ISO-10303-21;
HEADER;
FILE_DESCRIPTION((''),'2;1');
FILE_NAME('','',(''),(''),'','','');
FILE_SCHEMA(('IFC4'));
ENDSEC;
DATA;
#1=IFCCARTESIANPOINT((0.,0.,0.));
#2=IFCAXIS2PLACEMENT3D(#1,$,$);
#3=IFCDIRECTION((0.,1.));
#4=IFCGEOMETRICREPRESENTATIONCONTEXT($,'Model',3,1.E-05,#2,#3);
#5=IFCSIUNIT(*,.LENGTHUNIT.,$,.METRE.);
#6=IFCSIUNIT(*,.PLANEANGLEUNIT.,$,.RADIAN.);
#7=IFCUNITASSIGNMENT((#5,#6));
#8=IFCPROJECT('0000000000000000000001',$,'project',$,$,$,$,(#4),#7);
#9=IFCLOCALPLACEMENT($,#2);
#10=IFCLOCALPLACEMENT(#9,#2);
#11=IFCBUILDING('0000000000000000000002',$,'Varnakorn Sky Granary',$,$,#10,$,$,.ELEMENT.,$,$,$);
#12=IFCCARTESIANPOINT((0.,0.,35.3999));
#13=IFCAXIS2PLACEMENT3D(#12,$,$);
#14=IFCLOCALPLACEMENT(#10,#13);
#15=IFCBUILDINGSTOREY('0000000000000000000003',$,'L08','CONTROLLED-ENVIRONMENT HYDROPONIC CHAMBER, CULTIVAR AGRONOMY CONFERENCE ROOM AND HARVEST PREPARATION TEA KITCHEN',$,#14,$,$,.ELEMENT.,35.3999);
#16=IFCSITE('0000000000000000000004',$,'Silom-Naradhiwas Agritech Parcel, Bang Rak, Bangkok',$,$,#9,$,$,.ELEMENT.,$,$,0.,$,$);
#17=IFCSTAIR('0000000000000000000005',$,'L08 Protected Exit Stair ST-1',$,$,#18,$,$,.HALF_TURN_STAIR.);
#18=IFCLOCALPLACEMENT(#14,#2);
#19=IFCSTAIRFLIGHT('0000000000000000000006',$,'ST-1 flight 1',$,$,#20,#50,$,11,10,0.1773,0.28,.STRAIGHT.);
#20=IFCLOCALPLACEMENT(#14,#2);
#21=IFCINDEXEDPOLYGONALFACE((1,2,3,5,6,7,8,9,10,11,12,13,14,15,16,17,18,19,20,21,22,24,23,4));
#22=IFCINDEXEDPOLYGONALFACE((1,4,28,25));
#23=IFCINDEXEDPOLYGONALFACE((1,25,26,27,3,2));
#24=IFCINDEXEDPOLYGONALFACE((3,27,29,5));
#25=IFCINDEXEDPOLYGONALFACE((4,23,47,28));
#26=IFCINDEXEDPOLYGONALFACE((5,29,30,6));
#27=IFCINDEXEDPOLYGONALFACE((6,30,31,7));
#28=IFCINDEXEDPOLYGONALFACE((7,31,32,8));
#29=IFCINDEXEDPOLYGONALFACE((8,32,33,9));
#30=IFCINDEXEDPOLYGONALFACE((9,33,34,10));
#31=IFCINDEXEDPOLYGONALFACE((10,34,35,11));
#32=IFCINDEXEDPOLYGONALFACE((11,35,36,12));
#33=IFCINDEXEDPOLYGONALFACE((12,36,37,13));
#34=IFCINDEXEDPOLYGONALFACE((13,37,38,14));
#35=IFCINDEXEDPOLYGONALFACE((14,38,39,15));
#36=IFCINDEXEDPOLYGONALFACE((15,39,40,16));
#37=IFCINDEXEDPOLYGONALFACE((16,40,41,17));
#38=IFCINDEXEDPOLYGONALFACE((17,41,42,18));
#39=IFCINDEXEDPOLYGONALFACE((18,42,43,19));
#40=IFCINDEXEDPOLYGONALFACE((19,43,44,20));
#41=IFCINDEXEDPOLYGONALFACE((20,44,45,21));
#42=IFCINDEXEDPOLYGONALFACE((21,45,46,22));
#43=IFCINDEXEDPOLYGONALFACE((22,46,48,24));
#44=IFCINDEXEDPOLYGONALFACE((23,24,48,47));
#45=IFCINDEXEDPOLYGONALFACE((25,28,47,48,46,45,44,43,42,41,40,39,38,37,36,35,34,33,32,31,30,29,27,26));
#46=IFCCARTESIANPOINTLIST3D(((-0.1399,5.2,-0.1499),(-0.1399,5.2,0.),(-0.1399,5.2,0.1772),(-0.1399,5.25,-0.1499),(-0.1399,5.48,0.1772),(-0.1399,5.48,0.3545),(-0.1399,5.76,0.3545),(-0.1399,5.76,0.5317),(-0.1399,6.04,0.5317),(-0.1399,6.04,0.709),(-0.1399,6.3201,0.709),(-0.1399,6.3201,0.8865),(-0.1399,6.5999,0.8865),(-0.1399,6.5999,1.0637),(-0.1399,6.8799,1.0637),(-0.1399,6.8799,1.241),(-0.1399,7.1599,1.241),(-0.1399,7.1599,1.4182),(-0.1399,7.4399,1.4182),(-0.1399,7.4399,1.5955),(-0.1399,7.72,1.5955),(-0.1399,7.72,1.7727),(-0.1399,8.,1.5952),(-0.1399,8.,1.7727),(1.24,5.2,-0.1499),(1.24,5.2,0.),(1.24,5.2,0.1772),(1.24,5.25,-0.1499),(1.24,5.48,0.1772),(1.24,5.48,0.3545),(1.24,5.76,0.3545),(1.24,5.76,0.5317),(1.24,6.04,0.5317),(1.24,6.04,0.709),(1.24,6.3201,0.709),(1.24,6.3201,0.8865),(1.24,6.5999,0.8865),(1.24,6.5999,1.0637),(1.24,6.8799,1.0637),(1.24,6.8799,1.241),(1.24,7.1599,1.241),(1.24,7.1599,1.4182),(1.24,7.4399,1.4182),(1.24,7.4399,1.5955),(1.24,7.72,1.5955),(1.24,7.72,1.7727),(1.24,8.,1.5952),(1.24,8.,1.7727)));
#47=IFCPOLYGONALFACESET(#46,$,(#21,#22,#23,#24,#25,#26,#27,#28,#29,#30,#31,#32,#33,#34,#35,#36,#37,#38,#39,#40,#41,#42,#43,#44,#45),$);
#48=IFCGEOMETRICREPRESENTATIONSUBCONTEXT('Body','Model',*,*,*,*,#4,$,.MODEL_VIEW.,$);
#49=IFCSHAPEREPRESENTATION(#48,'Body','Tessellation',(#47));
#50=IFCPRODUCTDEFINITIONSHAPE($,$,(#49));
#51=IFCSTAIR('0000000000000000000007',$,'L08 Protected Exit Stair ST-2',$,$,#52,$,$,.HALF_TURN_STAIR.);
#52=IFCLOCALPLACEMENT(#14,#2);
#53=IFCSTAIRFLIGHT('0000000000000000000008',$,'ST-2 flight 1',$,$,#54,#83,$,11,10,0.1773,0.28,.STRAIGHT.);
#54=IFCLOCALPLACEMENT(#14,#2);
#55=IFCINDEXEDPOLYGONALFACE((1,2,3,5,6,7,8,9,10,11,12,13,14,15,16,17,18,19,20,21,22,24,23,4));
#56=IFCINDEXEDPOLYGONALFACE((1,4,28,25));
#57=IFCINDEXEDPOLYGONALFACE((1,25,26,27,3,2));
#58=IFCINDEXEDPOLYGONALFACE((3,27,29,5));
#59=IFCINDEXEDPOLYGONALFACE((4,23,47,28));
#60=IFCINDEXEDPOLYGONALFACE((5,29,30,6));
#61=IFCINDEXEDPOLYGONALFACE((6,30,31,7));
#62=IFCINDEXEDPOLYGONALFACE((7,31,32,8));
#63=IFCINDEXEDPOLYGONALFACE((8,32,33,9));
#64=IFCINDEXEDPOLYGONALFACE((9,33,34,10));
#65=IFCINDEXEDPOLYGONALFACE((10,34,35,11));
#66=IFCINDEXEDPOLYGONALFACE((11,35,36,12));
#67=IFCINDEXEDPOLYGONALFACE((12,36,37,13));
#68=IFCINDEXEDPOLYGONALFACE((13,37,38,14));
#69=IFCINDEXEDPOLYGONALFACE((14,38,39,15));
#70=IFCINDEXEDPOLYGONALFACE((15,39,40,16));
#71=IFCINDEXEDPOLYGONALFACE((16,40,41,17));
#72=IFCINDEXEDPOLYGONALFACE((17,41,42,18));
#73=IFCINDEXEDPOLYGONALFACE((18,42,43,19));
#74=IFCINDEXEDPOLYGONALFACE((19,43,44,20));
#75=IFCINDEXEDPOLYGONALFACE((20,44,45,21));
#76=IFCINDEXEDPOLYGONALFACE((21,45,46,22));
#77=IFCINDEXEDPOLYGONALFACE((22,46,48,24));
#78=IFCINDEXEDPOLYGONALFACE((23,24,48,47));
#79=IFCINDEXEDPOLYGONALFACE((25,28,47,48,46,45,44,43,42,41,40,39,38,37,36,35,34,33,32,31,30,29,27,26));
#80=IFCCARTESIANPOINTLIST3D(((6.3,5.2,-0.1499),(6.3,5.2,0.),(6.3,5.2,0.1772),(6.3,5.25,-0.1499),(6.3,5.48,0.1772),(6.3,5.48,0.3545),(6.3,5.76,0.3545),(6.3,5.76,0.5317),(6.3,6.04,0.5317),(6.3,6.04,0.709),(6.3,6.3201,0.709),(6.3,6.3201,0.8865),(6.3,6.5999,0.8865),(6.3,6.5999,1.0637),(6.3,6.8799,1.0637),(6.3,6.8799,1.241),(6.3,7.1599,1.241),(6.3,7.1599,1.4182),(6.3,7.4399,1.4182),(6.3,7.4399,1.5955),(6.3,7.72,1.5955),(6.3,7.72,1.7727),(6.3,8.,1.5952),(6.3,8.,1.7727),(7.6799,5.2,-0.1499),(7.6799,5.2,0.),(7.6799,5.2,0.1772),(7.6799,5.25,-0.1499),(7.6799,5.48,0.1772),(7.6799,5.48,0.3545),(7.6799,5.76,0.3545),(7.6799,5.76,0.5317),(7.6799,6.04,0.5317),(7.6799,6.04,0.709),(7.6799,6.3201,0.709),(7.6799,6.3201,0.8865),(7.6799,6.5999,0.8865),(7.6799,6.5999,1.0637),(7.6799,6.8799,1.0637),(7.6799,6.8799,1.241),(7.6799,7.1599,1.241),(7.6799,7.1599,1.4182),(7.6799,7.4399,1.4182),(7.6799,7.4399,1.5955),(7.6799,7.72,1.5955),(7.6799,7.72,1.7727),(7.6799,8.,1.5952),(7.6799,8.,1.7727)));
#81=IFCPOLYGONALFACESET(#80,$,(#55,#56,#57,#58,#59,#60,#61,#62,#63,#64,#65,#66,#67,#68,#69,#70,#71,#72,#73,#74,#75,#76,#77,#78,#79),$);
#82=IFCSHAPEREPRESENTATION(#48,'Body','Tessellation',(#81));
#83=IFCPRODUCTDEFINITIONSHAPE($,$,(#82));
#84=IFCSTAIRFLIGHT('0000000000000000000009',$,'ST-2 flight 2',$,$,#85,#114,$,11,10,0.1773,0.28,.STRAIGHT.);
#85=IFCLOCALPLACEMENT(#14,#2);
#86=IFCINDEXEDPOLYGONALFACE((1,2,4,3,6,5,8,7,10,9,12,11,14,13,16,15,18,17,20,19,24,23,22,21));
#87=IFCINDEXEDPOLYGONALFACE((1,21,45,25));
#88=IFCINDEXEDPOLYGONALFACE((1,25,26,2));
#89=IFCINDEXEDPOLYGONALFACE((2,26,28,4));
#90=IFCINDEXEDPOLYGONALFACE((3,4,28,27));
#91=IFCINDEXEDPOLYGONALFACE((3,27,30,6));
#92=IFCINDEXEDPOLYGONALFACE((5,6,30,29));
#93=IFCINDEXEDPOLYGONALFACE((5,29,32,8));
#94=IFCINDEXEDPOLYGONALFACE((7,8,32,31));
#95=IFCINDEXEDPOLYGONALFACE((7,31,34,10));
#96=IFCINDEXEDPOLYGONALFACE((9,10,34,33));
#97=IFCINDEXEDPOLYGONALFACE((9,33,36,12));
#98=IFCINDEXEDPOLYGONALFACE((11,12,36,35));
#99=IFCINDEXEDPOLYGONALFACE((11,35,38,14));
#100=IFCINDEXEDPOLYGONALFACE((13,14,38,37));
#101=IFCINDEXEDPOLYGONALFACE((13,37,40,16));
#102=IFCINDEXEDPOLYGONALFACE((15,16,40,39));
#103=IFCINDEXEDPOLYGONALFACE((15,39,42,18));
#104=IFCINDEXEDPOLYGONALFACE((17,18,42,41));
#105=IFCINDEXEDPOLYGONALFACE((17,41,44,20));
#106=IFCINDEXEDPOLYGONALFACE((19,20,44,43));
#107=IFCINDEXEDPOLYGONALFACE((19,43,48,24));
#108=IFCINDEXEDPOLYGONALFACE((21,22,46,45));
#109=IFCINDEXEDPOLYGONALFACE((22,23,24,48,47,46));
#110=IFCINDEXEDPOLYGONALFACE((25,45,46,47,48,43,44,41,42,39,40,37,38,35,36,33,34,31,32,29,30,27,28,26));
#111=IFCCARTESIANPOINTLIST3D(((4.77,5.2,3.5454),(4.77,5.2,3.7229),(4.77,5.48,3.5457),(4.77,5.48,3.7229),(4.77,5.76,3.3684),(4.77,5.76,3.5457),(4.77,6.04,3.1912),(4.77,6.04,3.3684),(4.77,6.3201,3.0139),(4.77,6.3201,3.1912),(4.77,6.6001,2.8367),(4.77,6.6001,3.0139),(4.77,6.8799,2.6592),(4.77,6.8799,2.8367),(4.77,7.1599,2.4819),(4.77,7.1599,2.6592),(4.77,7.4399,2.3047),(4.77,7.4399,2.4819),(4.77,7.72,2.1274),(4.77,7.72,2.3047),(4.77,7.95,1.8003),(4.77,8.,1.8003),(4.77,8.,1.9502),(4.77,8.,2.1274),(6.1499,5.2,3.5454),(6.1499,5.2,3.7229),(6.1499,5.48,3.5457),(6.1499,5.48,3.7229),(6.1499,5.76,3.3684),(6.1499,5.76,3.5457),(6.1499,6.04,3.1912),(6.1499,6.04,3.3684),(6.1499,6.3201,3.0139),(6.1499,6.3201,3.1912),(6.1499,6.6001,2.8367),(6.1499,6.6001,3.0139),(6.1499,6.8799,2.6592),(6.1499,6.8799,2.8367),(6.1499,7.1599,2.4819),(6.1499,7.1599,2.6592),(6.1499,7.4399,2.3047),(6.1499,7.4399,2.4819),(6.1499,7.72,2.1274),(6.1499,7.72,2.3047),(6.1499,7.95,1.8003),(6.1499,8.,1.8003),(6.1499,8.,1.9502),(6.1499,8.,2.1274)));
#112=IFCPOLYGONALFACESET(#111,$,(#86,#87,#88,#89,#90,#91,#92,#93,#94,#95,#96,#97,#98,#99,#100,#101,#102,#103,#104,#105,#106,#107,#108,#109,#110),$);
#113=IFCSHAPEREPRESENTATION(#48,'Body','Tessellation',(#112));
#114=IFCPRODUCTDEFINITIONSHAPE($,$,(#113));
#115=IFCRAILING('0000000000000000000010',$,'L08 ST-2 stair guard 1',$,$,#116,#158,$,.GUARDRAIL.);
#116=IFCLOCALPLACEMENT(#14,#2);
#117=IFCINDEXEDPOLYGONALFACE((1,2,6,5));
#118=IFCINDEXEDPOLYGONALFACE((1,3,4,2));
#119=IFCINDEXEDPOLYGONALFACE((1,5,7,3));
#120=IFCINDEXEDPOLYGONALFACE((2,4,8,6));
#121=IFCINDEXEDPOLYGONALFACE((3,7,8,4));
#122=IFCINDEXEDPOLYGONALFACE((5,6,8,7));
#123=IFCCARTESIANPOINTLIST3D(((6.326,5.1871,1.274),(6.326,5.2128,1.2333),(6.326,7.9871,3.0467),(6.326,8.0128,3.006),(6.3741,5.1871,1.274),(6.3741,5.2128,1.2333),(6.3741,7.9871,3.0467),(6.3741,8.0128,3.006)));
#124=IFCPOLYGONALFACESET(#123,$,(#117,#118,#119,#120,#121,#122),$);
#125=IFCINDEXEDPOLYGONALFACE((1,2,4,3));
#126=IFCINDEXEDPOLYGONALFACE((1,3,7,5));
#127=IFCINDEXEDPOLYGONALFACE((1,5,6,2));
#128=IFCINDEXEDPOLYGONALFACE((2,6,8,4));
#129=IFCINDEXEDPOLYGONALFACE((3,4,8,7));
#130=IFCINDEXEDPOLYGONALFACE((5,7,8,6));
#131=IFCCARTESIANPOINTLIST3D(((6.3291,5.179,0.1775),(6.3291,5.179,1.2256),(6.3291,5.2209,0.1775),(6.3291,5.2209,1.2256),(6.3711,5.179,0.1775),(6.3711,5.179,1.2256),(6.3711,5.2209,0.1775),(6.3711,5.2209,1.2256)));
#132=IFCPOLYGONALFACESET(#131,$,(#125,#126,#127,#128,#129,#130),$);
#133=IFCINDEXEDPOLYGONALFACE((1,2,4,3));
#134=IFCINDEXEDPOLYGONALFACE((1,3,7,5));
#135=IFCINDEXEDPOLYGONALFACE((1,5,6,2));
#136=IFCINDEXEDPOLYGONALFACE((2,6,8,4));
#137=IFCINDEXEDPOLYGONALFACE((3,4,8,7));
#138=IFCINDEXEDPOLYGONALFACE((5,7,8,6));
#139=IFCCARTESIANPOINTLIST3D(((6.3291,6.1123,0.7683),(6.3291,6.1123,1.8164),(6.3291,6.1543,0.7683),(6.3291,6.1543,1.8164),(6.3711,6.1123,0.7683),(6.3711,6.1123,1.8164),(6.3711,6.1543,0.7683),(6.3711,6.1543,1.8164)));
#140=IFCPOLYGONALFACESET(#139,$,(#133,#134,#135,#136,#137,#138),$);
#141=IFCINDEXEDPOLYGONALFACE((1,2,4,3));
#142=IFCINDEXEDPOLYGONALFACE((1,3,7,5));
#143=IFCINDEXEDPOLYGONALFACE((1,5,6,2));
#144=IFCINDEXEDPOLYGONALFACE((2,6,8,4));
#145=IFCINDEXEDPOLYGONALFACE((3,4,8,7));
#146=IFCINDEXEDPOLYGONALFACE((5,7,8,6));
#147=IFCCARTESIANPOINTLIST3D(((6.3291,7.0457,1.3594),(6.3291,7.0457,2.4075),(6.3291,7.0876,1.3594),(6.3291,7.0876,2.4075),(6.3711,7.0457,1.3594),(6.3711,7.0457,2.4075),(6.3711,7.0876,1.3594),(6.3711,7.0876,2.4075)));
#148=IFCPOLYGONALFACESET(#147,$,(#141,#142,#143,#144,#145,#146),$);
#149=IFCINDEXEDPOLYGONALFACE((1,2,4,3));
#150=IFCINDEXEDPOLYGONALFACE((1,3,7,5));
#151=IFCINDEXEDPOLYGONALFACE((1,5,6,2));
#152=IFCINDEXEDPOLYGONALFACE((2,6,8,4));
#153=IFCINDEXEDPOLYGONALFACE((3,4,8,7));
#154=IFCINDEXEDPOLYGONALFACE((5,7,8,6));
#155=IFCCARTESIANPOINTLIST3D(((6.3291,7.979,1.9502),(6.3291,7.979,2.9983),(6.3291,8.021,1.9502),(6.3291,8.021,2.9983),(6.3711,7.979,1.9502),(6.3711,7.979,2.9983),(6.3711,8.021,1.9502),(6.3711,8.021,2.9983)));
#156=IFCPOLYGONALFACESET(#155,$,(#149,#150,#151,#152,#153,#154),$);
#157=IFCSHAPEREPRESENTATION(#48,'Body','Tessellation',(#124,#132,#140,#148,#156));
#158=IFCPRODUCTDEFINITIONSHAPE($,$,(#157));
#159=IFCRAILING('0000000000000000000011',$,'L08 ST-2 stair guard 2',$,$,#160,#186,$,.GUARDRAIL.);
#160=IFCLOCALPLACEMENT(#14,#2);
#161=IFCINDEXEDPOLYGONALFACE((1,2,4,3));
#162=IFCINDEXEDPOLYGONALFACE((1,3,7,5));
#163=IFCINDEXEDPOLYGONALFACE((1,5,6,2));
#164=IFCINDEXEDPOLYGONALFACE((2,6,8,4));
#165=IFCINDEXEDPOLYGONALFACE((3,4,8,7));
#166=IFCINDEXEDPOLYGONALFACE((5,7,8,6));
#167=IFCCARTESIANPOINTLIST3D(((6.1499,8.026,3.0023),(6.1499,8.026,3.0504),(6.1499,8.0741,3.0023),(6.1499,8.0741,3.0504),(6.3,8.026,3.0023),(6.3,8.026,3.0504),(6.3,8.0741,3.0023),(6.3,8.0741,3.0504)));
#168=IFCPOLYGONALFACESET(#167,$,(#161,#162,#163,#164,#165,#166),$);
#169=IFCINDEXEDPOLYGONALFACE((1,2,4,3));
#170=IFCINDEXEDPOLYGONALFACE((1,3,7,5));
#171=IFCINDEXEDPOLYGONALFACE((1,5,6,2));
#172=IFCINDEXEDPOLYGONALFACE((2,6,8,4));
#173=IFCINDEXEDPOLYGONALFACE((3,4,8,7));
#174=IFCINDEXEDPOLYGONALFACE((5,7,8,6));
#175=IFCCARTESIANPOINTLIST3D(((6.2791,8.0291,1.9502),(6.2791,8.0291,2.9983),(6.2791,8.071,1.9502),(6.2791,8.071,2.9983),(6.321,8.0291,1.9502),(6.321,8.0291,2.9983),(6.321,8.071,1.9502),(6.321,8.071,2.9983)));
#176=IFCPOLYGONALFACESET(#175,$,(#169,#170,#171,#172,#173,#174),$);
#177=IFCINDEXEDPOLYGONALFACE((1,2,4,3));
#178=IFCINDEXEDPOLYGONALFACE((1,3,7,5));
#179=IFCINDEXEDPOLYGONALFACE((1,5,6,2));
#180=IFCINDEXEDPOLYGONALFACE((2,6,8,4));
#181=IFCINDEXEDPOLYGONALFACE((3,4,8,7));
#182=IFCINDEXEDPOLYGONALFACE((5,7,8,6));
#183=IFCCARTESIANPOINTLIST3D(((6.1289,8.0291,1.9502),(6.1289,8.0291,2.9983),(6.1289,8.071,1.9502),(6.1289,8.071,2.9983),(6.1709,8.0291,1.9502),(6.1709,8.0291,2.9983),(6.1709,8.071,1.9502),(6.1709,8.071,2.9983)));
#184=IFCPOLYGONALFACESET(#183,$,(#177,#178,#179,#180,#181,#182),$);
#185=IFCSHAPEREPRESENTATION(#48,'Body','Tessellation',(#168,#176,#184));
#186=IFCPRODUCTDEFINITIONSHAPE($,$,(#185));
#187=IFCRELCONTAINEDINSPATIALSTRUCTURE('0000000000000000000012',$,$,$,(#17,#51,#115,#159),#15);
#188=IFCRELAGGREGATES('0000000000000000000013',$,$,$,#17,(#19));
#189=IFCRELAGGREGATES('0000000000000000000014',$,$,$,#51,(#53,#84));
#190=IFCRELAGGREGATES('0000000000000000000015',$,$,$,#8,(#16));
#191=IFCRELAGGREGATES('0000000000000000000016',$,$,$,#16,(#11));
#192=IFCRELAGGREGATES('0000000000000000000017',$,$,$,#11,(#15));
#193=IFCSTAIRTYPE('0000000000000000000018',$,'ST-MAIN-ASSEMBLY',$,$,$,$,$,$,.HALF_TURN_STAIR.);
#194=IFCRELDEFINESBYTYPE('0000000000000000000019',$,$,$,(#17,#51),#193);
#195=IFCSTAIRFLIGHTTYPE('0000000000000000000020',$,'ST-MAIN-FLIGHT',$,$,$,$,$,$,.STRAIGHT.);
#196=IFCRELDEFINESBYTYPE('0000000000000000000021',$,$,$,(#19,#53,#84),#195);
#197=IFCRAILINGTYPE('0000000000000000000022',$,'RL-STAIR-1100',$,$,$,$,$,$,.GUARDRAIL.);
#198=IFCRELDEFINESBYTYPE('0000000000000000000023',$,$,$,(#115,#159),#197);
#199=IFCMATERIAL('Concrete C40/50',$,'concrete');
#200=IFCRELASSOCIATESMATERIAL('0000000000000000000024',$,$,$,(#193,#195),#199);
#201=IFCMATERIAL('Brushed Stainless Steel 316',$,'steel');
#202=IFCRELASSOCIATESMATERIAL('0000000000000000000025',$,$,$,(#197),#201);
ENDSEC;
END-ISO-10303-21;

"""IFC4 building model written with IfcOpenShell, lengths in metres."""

from ifc_helpers import new_model, si_unit, direction, frame, origin, origin_2d, place, context, subcontext, project, spatial, polyline, rectangle, outline, extrude, material, type_object, element, aggregate, save


model = new_model("IFC4")

# Units and contexts
model_context = context("Model", 3, precision=1e-05, world=origin(), true_north=direction((0.0, 1.0)))
body_context = subcontext(model_context, "Body", "Model", "MODEL_VIEW")
ifc_project = project(units=[si_unit("LENGTHUNIT", "METRE"), si_unit("PLANEANGLEUNIT", "RADIAN")], contexts=[model_context])

# Site, building, storey
site_placement = place(None, origin())
site = spatial("IfcSite", under=ifc_project, at=site_placement, Name="Silom-Naradhiwas Agritech Parcel, Bang Rak, Bangkok", CompositionType="ELEMENT", RefElevation=0.0)
building_placement = place(site_placement, origin())
building = spatial("IfcBuilding", under=site, at=building_placement, Name="Varnakorn Sky Granary", CompositionType="ELEMENT")
storey_placement = place(building_placement, frame((0.0, 0.0, 35.3999)))
storey = spatial("IfcBuildingStorey", under=building, at=storey_placement, Name="L08", Description="CONTROLLED-ENVIRONMENT HYDROPONIC CHAMBER, CULTIVAR AGRONOMY CONFERENCE ROOM AND HARVEST PREPARATION TEA KITCHEN", CompositionType="ELEMENT", Elevation=35.3999)

# Stair, stair flight
ifc_material_1 = material(Name="Concrete C40/50", Category="concrete")
stair_type = type_object("IfcStairType", Name="ST-MAIN-ASSEMBLY", PredefinedType="HALF_TURN_STAIR", material=ifc_material_1)
stair_1_placement = place(storey_placement, origin())
stair_1 = element("IfcStair", 1, at=stair_1_placement, inside=storey, type_object=stair_type, Name="L08 Protected Exit Stair ST-1", PredefinedType="HALF_TURN_STAIR")
stair_flight_type = type_object("IfcStairFlightType", Name="ST-MAIN-FLIGHT", PredefinedType="STRAIGHT", material=ifc_material_1)
stair_flight_1_placement = place(storey_placement, frame((0.55, 5.2, 0.0), z_axis=(0.0, 0.0, 1.0), x_axis=(0.0, 1.0, 0.0)))
stair_flight_1 = element("IfcStairFlight", 2, at=stair_flight_1_placement, type_object=stair_flight_type, Name="ST-1 flight 1", NumberOfRisers=11, NumberOfTreads=10, PredefinedType="STRAIGHT", RiserHeight=0.1773, TreadLength=0.28, context=body_context, shape_type="SweptSolid", body=[
    extrude(outline(polyline([(0.0, -0.1499), (0.0, 0.0), (0.0, 0.1772), (0.28, 0.1772), (0.28, 0.3545), (0.5601, 0.3545), (0.5601, 0.5317), (0.8401, 0.5317), (0.8401, 0.709), (1.1201, 0.709), (1.1201, 0.8865), (1.3999, 0.8865), (1.3999, 1.0637), (1.6799, 1.0637), (1.6799, 1.241), (1.96, 1.241), (1.96, 1.4182), (2.24, 1.4182), (2.24, 1.5955), (2.52, 1.5955), (2.52, 1.7727), (2.8, 1.7727), (2.8, 1.95), (2.8, 1.5952), (0.05, -0.1499), (0.0, -0.1499)])), frame((0.0, 0.6899, 0.0), z_axis=(0.0, -1.0, 0.0), x_axis=(1.0, 0.0, 0.0)), (0.0, 0.0, 1.0), 1.3799),
])
aggregate(stair_1, [stair_flight_1])

# Stair, stair flights
stair_2_placement = place(storey_placement, origin())
stair_2 = element("IfcStair", 3, at=stair_2_placement, inside=storey, type_object=stair_type, Name="L08 Protected Exit Stair ST-2", PredefinedType="HALF_TURN_STAIR")
stair_flight_2_placement = place(storey_placement, frame((6.99, 5.2, 0.0), z_axis=(0.0, 0.0, 1.0), x_axis=(0.0, 1.0, 0.0)))
stair_flight_2 = element("IfcStairFlight", 4, at=stair_flight_2_placement, type_object=stair_flight_type, Name="ST-2 flight 1", NumberOfRisers=11, NumberOfTreads=10, PredefinedType="STRAIGHT", RiserHeight=0.1773, TreadLength=0.28, context=body_context, shape_type="SweptSolid", body=[
    extrude(outline(polyline([(0.0, -0.1499), (0.0, 0.0), (0.0, 0.1772), (0.28, 0.1772), (0.28, 0.3545), (0.5601, 0.3545), (0.5601, 0.5317), (0.8401, 0.5317), (0.8401, 0.709), (1.1201, 0.709), (1.1201, 0.8865), (1.3999, 0.8865), (1.3999, 1.0637), (1.6799, 1.0637), (1.6799, 1.241), (1.96, 1.241), (1.96, 1.4182), (2.24, 1.4182), (2.24, 1.5955), (2.52, 1.5955), (2.52, 1.7727), (2.8, 1.7727), (2.8, 1.95), (2.8, 1.5952), (0.05, -0.1499), (0.0, -0.1499)])), frame((0.0, 0.6899, 0.0), z_axis=(0.0, -1.0, 0.0), x_axis=(1.0, 0.0, 0.0)), (0.0, 0.0, 1.0), 1.3799),
])
stair_flight_3_placement = place(storey_placement, frame((5.46, 8.0, 1.9502), z_axis=(0.0, 0.0, 1.0), x_axis=(0.0, -1.0, 0.0)))
stair_flight_3 = element("IfcStairFlight", 5, at=stair_flight_3_placement, type_object=stair_flight_type, Name="ST-2 flight 2", NumberOfRisers=11, NumberOfTreads=10, PredefinedType="STRAIGHT", RiserHeight=0.1773, TreadLength=0.28, context=body_context, shape_type="SweptSolid", body=[
    extrude(outline(polyline([(0.0, -0.1499), (0.0, 0.0), (0.0, 0.1772), (0.28, 0.1772), (0.28, 0.3545), (0.5601, 0.3545), (0.5601, 0.5317), (0.8401, 0.5317), (0.8401, 0.709), (1.1201, 0.709), (1.1201, 0.8865), (1.3999, 0.8865), (1.3999, 1.0637), (1.6799, 1.0637), (1.6799, 1.241), (1.96, 1.241), (1.96, 1.4182), (2.24, 1.4182), (2.24, 1.5955), (2.52, 1.5955), (2.52, 1.7727), (2.8, 1.7727), (2.8, 1.95), (2.8, 1.5952), (0.05, -0.1499), (0.0, -0.1499)])), frame((0.0, 0.6899, 0.0), z_axis=(0.0, -1.0, 0.0), x_axis=(1.0, 0.0, 0.0)), (0.0, 0.0, 1.0), 1.3799),
])
aggregate(stair_2, [stair_flight_2, stair_flight_3])

# Railings
ifc_material_2 = material(Name="Brushed Stainless Steel 316", Category="steel")
railing_type_1 = type_object("IfcRailingType", Name="RL-STAIR-1100", PredefinedType="GUARDRAIL", material=ifc_material_2)
railing_1_placement = place(storey_placement, frame((6.3501, 5.2, 0.1775)))
element("IfcRailing", 6, at=railing_1_placement, inside=storey, type_object=railing_type_1, Name="L08 ST-2 stair guard 1", PredefinedType="GUARDRAIL", context=body_context, shape_type="SweptSolid", body=[
    extrude(rectangle(XDim=0.0481, YDim=0.0481, at=origin_2d()), frame((0.0, 0.0, 1.0762), z_axis=(0.0, 0.844909, 0.53491), x_axis=(-1.0, 0.0, 0.0)), (0.0, 0.0, 1.0), 3.314),
    extrude(rectangle(XDim=0.042, YDim=0.042, at=origin_2d()), origin(), (0.0, 0.0, 1.0), 1.0481),
    extrude(rectangle(XDim=0.042, YDim=0.042, at=origin_2d()), frame((0.0, 0.9333, 0.5908)), (0.0, 0.0, 1.0), 1.0481),
    extrude(rectangle(XDim=0.042, YDim=0.042, at=origin_2d()), frame((0.0, 1.8667, 1.1819)), (0.0, 0.0, 1.0), 1.0481),
    extrude(rectangle(XDim=0.042, YDim=0.042, at=origin_2d()), frame((0.0, 2.8, 1.7727)), (0.0, 0.0, 1.0), 1.0481),
])
railing_2_placement = place(storey_placement, frame((6.3, 8.05, 1.9502)))
element("IfcRailing", 7, at=railing_2_placement, inside=storey, type_object=railing_type_1, Name="L08 ST-2 stair guard 2", PredefinedType="GUARDRAIL", context=body_context, shape_type="SweptSolid", body=[
    extrude(rectangle(XDim=0.0481, YDim=0.0481, at=origin_2d()), frame((0.0, 0.0, 1.0762), z_axis=(-1.0, 0.0, 0.0), x_axis=(0.0, -1.0, 0.0)), (0.0, 0.0, 1.0), 0.1501),
    extrude(rectangle(XDim=0.042, YDim=0.042, at=origin_2d()), origin(), (0.0, 0.0, 1.0), 1.0481),
    extrude(rectangle(XDim=0.042, YDim=0.042, at=origin_2d()), frame((-0.1501, 0.0, 0.0)), (0.0, 0.0, 1.0), 1.0481),
])

save(model, "model.ifc")
